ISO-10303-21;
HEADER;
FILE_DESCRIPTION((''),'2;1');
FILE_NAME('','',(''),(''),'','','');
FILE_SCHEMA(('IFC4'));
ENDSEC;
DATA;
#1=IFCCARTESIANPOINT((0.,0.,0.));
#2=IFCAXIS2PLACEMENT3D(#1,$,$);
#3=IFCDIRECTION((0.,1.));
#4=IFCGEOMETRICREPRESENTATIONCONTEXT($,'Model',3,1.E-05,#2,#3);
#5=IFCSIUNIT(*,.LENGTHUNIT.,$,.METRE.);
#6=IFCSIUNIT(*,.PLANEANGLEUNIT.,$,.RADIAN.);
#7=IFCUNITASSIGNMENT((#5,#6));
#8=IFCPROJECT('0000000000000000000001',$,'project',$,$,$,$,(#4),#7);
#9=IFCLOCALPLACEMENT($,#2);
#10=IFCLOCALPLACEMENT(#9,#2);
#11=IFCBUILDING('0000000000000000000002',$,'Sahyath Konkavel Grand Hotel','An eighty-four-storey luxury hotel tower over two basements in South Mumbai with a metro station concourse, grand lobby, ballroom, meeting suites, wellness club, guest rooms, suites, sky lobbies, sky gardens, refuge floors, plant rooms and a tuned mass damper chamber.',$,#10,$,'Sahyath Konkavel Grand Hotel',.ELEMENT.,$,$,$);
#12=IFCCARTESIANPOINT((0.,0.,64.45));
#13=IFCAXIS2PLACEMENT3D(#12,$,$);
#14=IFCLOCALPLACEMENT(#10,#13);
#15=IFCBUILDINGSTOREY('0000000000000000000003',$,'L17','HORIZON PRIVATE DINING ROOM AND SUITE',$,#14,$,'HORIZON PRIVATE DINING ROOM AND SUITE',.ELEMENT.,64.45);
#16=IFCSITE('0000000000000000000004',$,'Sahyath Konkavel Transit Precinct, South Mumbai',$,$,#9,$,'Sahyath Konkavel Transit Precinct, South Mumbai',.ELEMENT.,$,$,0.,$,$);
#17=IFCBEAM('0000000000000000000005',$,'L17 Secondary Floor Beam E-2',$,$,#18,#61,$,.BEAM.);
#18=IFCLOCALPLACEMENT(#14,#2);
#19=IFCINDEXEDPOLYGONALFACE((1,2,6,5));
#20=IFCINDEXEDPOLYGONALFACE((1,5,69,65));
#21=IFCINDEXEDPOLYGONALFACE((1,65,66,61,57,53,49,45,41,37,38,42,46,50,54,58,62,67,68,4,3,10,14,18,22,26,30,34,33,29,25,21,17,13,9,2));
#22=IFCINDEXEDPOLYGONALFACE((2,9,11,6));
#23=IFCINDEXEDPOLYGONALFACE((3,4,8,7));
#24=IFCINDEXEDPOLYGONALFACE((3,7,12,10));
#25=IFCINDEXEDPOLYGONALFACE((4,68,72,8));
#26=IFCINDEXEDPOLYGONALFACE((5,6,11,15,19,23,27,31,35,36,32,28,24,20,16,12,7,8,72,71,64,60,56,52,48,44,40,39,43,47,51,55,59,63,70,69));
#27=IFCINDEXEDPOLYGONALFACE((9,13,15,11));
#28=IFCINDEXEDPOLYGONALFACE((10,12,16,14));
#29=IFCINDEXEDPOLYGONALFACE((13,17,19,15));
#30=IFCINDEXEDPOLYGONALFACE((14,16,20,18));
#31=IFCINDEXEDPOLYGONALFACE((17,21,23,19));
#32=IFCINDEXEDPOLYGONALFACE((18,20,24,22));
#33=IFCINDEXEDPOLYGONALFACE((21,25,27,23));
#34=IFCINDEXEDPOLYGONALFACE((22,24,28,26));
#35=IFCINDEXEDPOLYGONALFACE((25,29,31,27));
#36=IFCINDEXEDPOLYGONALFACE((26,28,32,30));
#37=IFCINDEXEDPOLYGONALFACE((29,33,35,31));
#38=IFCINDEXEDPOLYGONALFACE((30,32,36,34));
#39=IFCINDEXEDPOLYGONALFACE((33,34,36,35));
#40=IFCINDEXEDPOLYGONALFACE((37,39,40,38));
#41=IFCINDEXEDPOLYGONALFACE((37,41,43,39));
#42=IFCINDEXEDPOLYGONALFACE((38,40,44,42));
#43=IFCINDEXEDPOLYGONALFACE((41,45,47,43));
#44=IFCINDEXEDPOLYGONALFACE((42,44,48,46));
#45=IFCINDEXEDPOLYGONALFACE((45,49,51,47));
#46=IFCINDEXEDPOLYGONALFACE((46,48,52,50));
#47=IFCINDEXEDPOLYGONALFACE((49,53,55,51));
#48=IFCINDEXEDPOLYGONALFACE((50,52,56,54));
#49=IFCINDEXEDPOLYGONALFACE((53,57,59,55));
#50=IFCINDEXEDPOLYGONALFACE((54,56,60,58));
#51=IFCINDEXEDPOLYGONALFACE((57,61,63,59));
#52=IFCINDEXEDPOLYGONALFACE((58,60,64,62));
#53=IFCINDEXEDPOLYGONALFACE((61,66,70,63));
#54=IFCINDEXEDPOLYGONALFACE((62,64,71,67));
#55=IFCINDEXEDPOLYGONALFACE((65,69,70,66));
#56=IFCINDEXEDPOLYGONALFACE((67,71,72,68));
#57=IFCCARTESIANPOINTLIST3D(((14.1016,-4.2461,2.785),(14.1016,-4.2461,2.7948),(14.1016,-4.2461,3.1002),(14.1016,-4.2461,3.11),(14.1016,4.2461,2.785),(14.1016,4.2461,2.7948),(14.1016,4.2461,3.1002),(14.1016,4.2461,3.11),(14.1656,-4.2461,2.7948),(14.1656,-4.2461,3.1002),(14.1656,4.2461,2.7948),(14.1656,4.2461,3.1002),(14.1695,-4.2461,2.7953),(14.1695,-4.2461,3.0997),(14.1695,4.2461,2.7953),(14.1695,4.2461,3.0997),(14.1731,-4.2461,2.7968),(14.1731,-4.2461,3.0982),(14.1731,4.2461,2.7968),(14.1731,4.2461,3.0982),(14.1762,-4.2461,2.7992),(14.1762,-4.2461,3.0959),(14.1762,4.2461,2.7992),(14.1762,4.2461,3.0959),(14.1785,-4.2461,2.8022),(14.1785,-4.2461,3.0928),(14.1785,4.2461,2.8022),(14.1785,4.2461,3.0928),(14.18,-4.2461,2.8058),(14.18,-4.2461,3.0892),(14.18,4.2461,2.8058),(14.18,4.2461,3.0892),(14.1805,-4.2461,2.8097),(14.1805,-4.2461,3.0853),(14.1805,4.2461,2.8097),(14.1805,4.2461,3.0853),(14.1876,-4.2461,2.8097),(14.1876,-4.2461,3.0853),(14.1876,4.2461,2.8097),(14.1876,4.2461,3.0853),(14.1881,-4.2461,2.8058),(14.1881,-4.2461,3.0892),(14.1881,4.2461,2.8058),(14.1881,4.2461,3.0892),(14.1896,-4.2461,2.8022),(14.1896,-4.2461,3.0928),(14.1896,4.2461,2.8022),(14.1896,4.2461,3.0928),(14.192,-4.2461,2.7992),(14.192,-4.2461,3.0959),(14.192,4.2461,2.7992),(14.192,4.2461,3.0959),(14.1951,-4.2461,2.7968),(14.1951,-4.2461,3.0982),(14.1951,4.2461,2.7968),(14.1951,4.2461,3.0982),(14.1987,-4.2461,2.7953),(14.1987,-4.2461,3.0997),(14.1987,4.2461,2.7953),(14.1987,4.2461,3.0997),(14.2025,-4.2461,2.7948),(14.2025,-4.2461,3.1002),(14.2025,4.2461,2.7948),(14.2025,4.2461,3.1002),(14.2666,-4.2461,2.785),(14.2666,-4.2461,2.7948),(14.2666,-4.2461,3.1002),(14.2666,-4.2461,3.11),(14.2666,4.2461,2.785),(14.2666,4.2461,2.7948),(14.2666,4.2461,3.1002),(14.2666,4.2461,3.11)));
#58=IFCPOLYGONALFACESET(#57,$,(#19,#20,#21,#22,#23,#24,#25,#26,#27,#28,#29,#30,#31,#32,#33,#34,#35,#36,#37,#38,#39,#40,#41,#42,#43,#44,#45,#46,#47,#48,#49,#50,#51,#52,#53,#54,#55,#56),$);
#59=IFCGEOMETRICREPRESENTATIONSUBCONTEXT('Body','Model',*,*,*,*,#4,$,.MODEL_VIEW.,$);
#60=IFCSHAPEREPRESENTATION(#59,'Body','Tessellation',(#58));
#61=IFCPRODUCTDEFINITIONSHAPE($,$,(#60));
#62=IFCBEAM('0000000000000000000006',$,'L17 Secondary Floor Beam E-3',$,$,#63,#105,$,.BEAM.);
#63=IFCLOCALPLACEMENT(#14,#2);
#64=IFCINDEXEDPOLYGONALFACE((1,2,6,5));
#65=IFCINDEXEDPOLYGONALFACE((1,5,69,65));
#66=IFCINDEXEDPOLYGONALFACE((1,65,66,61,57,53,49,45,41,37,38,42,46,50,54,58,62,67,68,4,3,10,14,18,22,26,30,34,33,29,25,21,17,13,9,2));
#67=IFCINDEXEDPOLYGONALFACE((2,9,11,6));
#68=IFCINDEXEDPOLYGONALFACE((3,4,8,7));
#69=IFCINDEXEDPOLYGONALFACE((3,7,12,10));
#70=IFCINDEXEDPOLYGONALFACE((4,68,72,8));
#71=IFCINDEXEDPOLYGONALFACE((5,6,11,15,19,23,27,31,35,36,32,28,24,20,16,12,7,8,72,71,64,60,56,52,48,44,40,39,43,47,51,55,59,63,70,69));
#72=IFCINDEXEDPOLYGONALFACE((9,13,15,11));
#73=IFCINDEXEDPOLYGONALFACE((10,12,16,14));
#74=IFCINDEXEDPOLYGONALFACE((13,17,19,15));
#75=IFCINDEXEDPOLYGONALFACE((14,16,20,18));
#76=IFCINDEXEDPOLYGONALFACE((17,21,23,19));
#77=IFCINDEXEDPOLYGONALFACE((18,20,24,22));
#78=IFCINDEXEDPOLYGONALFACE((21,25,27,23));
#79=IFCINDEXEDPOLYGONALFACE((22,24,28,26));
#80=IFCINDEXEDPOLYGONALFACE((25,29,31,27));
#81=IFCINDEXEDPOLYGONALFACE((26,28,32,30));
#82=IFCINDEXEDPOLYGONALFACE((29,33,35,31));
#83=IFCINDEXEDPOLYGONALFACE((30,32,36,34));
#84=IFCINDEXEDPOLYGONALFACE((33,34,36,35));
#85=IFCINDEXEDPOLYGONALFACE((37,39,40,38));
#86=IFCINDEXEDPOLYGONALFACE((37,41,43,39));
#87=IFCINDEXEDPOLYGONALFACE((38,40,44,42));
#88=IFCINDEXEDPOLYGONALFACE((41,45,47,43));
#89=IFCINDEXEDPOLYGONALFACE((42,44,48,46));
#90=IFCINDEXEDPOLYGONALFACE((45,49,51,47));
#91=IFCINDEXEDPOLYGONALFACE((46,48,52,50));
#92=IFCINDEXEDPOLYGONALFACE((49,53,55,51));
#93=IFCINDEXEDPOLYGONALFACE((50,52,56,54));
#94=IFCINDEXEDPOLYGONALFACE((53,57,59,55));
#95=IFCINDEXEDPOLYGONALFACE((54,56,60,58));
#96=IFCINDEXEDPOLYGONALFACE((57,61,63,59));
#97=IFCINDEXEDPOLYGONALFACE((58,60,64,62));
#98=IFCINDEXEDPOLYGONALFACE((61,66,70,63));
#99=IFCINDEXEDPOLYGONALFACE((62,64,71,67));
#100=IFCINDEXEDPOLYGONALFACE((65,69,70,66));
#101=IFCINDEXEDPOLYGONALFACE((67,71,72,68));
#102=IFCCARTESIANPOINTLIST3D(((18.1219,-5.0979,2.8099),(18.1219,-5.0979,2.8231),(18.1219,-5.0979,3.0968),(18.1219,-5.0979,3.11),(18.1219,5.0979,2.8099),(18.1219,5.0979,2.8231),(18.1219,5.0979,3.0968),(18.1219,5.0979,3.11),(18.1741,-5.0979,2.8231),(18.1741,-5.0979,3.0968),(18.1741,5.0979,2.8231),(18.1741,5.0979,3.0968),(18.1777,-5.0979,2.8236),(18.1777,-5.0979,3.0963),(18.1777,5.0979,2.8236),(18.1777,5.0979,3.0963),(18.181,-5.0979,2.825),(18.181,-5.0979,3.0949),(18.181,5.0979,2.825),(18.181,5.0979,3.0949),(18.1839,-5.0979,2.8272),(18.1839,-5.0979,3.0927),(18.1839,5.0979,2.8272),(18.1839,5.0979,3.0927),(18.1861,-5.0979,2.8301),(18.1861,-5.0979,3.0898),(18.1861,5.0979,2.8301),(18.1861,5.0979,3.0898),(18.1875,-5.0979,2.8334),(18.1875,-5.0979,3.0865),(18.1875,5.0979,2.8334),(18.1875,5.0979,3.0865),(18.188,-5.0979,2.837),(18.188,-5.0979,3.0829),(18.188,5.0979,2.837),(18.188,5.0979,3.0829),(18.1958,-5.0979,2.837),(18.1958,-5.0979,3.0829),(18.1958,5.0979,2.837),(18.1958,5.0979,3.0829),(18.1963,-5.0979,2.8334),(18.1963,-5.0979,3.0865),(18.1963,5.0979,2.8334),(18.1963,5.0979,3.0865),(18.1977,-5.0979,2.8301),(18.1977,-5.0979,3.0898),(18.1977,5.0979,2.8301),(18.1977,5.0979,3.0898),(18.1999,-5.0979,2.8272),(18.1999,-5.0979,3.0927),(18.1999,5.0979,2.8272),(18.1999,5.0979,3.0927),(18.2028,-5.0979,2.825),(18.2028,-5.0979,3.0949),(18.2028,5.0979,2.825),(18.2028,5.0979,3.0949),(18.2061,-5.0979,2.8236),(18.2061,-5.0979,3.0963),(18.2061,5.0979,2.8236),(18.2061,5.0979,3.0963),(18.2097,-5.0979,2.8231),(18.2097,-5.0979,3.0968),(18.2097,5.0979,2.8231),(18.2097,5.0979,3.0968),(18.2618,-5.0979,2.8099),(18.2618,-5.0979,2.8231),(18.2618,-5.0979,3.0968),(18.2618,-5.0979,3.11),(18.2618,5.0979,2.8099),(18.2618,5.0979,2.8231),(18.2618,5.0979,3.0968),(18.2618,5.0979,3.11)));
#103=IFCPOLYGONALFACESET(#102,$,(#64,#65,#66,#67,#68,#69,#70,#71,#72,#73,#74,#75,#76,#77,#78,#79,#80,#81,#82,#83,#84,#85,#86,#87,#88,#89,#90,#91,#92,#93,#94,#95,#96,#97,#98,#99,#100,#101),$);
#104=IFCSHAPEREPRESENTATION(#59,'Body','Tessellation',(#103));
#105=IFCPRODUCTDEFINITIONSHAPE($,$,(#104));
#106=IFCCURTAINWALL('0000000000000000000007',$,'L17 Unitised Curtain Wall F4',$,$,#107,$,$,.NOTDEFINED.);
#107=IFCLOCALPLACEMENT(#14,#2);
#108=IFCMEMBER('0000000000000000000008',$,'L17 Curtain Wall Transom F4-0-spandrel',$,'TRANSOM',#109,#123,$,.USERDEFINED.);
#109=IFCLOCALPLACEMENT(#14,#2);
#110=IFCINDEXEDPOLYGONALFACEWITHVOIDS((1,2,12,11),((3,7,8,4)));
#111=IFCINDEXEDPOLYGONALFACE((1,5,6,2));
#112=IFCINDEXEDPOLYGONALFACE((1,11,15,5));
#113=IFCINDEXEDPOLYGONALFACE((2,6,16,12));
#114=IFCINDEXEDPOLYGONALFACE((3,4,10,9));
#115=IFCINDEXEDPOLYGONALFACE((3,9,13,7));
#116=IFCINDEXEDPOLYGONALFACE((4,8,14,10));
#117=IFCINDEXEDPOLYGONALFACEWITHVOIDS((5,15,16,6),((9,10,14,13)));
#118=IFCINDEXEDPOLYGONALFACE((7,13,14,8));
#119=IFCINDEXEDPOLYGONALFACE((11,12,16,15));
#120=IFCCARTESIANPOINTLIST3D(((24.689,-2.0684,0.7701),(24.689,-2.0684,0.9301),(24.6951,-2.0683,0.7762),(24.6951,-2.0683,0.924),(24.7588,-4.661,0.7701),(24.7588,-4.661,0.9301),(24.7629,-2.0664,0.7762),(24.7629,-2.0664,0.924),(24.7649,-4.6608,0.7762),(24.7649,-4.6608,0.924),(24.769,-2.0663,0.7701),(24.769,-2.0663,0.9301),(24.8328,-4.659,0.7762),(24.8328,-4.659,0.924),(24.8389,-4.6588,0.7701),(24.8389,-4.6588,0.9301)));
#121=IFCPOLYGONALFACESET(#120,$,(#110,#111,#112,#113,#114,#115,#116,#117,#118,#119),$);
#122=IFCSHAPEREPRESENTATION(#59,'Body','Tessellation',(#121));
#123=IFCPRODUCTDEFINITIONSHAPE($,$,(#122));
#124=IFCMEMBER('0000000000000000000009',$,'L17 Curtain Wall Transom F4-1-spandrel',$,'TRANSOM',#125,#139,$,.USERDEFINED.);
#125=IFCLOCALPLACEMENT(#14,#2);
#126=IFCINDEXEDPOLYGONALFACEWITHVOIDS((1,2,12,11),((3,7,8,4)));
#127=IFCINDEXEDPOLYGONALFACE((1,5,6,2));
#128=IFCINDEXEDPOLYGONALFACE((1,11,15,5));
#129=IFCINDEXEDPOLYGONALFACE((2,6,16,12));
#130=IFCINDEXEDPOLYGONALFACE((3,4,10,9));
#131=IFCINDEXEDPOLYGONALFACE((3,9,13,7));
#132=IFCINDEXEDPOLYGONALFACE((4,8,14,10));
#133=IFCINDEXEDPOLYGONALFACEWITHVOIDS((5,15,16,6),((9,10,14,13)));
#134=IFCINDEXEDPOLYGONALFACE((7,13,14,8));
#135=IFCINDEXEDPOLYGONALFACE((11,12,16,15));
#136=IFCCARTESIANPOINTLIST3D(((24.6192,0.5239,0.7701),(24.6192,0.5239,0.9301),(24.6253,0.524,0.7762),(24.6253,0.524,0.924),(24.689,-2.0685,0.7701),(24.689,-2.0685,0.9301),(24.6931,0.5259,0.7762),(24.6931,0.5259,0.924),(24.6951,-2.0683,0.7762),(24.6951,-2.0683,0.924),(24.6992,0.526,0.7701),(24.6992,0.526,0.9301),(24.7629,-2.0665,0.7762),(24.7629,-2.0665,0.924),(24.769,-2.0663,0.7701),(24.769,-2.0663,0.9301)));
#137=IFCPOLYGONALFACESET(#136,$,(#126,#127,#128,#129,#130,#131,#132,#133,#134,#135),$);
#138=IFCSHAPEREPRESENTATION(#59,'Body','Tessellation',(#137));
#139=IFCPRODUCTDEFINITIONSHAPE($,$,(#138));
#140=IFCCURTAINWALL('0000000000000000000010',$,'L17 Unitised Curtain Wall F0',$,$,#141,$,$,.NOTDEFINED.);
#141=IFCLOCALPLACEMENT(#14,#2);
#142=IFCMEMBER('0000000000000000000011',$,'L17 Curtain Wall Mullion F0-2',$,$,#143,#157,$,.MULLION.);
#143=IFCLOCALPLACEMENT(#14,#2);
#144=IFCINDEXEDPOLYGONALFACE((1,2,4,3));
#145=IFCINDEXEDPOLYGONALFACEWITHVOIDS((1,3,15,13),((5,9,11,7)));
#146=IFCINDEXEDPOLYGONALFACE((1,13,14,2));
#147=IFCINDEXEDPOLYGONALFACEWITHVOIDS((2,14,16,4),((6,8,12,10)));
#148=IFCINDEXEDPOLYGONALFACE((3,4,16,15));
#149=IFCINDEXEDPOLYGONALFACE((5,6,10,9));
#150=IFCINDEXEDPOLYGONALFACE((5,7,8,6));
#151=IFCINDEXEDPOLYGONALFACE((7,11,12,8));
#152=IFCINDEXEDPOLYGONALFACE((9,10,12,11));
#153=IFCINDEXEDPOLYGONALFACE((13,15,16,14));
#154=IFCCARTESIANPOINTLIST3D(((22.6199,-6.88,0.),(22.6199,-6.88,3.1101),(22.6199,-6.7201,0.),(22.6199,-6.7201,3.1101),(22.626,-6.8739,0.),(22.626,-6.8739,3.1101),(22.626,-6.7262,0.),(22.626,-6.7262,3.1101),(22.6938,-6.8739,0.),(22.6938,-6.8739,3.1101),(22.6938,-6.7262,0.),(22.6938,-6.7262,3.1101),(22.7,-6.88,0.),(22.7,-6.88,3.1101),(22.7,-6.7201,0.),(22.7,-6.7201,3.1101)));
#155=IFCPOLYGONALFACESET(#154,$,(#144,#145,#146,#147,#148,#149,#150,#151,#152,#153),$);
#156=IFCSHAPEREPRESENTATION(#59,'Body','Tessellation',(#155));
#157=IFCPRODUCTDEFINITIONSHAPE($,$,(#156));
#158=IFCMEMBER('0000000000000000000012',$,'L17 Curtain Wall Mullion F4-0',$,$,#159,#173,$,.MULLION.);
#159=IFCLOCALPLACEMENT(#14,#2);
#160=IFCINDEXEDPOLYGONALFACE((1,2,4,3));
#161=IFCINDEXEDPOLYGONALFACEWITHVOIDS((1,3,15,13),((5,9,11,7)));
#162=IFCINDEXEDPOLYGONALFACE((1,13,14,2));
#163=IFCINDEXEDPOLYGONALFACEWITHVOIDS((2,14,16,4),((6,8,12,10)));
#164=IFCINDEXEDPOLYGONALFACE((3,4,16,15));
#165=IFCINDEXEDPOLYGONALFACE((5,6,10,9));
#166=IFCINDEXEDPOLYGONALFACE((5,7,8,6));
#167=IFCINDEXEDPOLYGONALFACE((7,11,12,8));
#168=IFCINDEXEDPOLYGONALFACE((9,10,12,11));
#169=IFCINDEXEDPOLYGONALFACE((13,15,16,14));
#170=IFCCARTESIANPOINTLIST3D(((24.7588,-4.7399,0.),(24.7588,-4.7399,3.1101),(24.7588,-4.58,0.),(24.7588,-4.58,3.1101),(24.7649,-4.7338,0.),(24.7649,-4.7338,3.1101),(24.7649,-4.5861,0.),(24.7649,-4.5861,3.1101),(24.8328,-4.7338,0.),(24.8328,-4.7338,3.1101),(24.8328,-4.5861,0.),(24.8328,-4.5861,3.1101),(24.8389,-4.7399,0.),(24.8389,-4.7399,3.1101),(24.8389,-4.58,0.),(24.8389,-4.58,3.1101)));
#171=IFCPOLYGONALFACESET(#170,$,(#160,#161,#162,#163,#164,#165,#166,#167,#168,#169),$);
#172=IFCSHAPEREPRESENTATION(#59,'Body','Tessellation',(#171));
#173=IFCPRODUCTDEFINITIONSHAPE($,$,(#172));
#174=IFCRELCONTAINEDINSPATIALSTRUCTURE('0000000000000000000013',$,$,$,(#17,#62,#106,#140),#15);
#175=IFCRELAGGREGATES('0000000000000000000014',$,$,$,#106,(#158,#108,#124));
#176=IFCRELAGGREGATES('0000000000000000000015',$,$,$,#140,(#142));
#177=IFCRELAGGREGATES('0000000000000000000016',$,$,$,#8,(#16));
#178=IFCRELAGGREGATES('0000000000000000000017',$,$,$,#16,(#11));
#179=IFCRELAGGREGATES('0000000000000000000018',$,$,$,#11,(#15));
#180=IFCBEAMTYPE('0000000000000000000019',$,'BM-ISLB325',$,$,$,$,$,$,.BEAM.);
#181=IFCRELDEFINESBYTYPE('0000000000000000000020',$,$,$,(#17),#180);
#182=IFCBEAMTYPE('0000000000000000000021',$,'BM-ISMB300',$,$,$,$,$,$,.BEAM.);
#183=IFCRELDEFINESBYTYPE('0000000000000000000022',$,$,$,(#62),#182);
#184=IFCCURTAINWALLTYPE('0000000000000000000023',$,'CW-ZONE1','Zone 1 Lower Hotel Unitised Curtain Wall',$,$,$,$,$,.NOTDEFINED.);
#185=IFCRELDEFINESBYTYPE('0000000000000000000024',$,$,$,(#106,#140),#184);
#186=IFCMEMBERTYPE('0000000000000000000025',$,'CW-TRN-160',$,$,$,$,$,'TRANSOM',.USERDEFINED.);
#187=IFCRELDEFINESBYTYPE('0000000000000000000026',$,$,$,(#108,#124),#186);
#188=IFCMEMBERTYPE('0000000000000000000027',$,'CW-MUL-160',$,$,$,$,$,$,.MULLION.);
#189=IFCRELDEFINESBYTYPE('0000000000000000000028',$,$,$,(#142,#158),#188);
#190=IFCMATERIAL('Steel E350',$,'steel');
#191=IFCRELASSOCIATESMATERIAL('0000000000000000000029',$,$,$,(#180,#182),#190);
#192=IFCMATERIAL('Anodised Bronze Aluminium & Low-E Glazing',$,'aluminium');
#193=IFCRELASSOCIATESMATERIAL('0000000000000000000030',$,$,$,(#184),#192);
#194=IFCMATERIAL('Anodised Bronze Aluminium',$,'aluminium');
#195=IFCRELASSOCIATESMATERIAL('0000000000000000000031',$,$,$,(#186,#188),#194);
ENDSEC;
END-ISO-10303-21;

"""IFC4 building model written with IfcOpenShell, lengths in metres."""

from ifc_helpers import new_model, si_unit, direction, frame, origin, origin_2d, place, context, subcontext, project, spatial, hollow_rectangle, i_section, extrude, source, transform, mapped, material, material_profile, profile_set, type_object, element, aggregate, save


model = new_model("IFC4")

# Units and contexts
model_context = context("Model", 3, precision=1e-05, world=origin(), true_north=direction((0.0, 1.0)))
body_context = subcontext(model_context, "Body", "Model", "MODEL_VIEW")
ifc_project = project(units=[si_unit("LENGTHUNIT", "METRE"), si_unit("PLANEANGLEUNIT", "RADIAN")], contexts=[model_context])

# Site, building, storey
site_placement = place(None, origin())
site = spatial("IfcSite", under=ifc_project, at=site_placement, Name="Sahyath Konkavel Transit Precinct, South Mumbai", LongName="Sahyath Konkavel Transit Precinct, South Mumbai", CompositionType="ELEMENT", RefElevation=0.0)
building_placement = place(site_placement, origin())
building = spatial("IfcBuilding", under=site, at=building_placement, Name="Sahyath Konkavel Grand Hotel", Description="An eighty-four-storey luxury hotel tower over two basements in South Mumbai with a metro station concourse, grand lobby, ballroom, meeting suites, wellness club, guest rooms, suites, sky lobbies, sky gardens, refuge floors, plant rooms and a tuned mass damper chamber.", LongName="Sahyath Konkavel Grand Hotel", CompositionType="ELEMENT")
storey_placement = place(building_placement, frame((0.0, 0.0, 64.45)))
storey = spatial("IfcBuildingStorey", under=building, at=storey_placement, Name="L17", Description="HORIZON PRIVATE DINING ROOM AND SUITE", LongName="HORIZON PRIVATE DINING ROOM AND SUITE", CompositionType="ELEMENT", Elevation=64.45)

# Beams
ifc_material_1 = material(Name="Steel E350", Category="steel")
ifc_material_profile_1 = material_profile(ifc_material_1, i_section(OverallWidth=0.165, OverallDepth=0.325, WebThickness=0.0071, FlangeThickness=0.0098, FilletRadius=0.0149, at=origin_2d()), Name="ISLB 325")
ifc_profile_set_1 = profile_set([ifc_material_profile_1], Name="Steel E350")
beam_type_1 = type_object("IfcBeamType", Name="BM-ISLB325", PredefinedType="BEAM", material=ifc_profile_set_1)
shared_shape_1 = source(origin(), body_context, "Body", "SweptSolid", [
    extrude(i_section(OverallWidth=0.165, OverallDepth=0.325, WebThickness=0.0071, FlangeThickness=0.0098, FilletRadius=0.0149, at=origin_2d()), origin(), (0.0, 0.0, 1.0), 8.4922),
])
beam_1_placement = place(storey_placement, frame((14.1841, -4.2461, 2.9475), z_axis=(0.0, 1.0, 0.0), x_axis=(-1.0, 0.0, 0.0)))
element("IfcBeam", 1, at=beam_1_placement, inside=storey, type_object=beam_type_1, Name="L17 Secondary Floor Beam E-2", PredefinedType="BEAM", context=body_context, shape_type="MappedRepresentation", body=[
    mapped(shared_shape_1, transform((0.0, 0.0, 0.0), scale=1.0)),
])
ifc_material_profile_2 = material_profile(ifc_material_1, i_section(OverallWidth=0.1399, OverallDepth=0.3, WebThickness=0.0078, FlangeThickness=0.0132, FilletRadius=0.0139, at=origin_2d()), Name="ISMB 300")
ifc_profile_set_2 = profile_set([ifc_material_profile_2], Name="Steel E350")
beam_type_2 = type_object("IfcBeamType", Name="BM-ISMB300", PredefinedType="BEAM", material=ifc_profile_set_2)
shared_shape_2 = source(origin(), body_context, "Body", "SweptSolid", [
    extrude(i_section(OverallWidth=0.1399, OverallDepth=0.3, WebThickness=0.0078, FlangeThickness=0.0132, FilletRadius=0.0139, at=origin_2d()), origin(), (0.0, 0.0, 1.0), 10.1958),
])
beam_2_placement = place(storey_placement, frame((18.1919, -5.0979, 2.96), z_axis=(0.0, 1.0, 0.0), x_axis=(-1.0, 0.0, 0.0)))
element("IfcBeam", 2, at=beam_2_placement, inside=storey, type_object=beam_type_2, Name="L17 Secondary Floor Beam E-3", PredefinedType="BEAM", context=body_context, shape_type="MappedRepresentation", body=[
    mapped(shared_shape_2, transform((0.0, 0.0, 0.0), scale=1.0)),
])

# Curtain wall, members
ifc_material_2 = material(Name="Anodised Bronze Aluminium & Low-E Glazing", Category="aluminium")
curtain_wall_type = type_object("IfcCurtainWallType", Name="CW-ZONE1", Description="Zone 1 Lower Hotel Unitised Curtain Wall", PredefinedType="NOTDEFINED", material=ifc_material_2)
curtain_wall_1_placement = place(storey_placement, origin())
curtain_wall_1 = element("IfcCurtainWall", 3, at=curtain_wall_1_placement, inside=storey, type_object=curtain_wall_type, Name="L17 Unitised Curtain Wall F4", PredefinedType="NOTDEFINED")
ifc_material_3 = material(Name="Anodised Bronze Aluminium", Category="aluminium")
ifc_material_profile_3 = material_profile(ifc_material_3, hollow_rectangle(XDim=0.0801, YDim=0.1599, WallThickness=0.0061, at=origin_2d()), Name="RHS 160x80x6")
ifc_profile_set_3 = profile_set([ifc_material_profile_3], Name="Anodised Bronze Aluminium")
member_type_1 = type_object("IfcMemberType", Name="CW-TRN-160", ElementType="TRANSOM", PredefinedType="USERDEFINED", material=ifc_profile_set_3)
shared_shape_3 = source(origin(), body_context, "Body", "SweptSolid", [
    extrude(hollow_rectangle(XDim=0.0801, YDim=0.1599, WallThickness=0.0061, at=origin_2d()), origin(), (0.0, 0.0, 1.0), 2.5935),
])
member_1_placement = place(storey_placement, frame((24.7988, -4.6599, 0.8501), z_axis=(-0.026923, 0.999638, 0.0), x_axis=(-0.999638, -0.026923, 0.0)))
member_1 = element("IfcMember", 4, at=member_1_placement, type_object=member_type_1, Name="L17 Curtain Wall Transom F4-0-spandrel", ObjectType="TRANSOM", PredefinedType="USERDEFINED", context=body_context, shape_type="MappedRepresentation", body=[
    mapped(shared_shape_3, transform((0.0, 0.0, 0.0), scale=1.0)),
])
shared_shape_4 = source(origin(), body_context, "Body", "SweptSolid", [
    extrude(hollow_rectangle(XDim=0.0801, YDim=0.1599, WallThickness=0.0061, at=origin_2d()), origin(), (0.0, 0.0, 1.0), 2.5933),
])
member_2_placement = place(storey_placement, frame((24.729, -2.0674, 0.8501), z_axis=(-0.026926, 0.999637, 0.0), x_axis=(-0.999637, -0.026926, 0.0)))
member_2 = element("IfcMember", 5, at=member_2_placement, type_object=member_type_1, Name="L17 Curtain Wall Transom F4-1-spandrel", ObjectType="TRANSOM", PredefinedType="USERDEFINED", context=body_context, shape_type="MappedRepresentation", body=[
    mapped(shared_shape_4, transform((0.0, 0.0, 0.0), scale=1.0)),
])

# Curtain wall, member
curtain_wall_2_placement = place(storey_placement, origin())
curtain_wall_2 = element("IfcCurtainWall", 6, at=curtain_wall_2_placement, inside=storey, type_object=curtain_wall_type, Name="L17 Unitised Curtain Wall F0", PredefinedType="NOTDEFINED")
ifc_material_profile_4 = material_profile(ifc_material_3, hollow_rectangle(XDim=0.0801, YDim=0.1599, WallThickness=0.0061, at=origin_2d()), Name="RHS 160x80x6")
ifc_profile_set_4 = profile_set([ifc_material_profile_4], Name="Anodised Bronze Aluminium")
member_type_2 = type_object("IfcMemberType", Name="CW-MUL-160", PredefinedType="MULLION", material=ifc_profile_set_4)
shared_shape_5 = source(origin(), body_context, "Body", "SweptSolid", [
    extrude(hollow_rectangle(XDim=0.0801, YDim=0.1599, WallThickness=0.0061, at=origin_2d()), origin(), (0.0, 0.0, 1.0), 3.1101),
])
member_3_placement = place(storey_placement, frame((22.6599, -6.8, 0.0), z_axis=(0.0, 0.0, 1.0), x_axis=(1.0, 0.0, 0.0)))
member_3 = element("IfcMember", 7, at=member_3_placement, type_object=member_type_2, Name="L17 Curtain Wall Mullion F0-2", PredefinedType="MULLION", context=body_context, shape_type="MappedRepresentation", body=[
    mapped(shared_shape_5, transform((0.0, 0.0, 0.0), scale=1.0)),
])

# Member
member_4_placement = place(storey_placement, frame((24.7988, -4.6599, 0.0), z_axis=(0.0, 0.0, 1.0), x_axis=(1.0, 0.0, 0.0)))
member_4 = element("IfcMember", 8, at=member_4_placement, type_object=member_type_2, Name="L17 Curtain Wall Mullion F4-0", PredefinedType="MULLION", context=body_context, shape_type="MappedRepresentation", body=[
    mapped(shared_shape_5, transform((0.0, 0.0, 0.0), scale=1.0)),
])

aggregate(curtain_wall_1, [member_4, member_1, member_2])
aggregate(curtain_wall_2, [member_3])

save(model, "model.ifc")
